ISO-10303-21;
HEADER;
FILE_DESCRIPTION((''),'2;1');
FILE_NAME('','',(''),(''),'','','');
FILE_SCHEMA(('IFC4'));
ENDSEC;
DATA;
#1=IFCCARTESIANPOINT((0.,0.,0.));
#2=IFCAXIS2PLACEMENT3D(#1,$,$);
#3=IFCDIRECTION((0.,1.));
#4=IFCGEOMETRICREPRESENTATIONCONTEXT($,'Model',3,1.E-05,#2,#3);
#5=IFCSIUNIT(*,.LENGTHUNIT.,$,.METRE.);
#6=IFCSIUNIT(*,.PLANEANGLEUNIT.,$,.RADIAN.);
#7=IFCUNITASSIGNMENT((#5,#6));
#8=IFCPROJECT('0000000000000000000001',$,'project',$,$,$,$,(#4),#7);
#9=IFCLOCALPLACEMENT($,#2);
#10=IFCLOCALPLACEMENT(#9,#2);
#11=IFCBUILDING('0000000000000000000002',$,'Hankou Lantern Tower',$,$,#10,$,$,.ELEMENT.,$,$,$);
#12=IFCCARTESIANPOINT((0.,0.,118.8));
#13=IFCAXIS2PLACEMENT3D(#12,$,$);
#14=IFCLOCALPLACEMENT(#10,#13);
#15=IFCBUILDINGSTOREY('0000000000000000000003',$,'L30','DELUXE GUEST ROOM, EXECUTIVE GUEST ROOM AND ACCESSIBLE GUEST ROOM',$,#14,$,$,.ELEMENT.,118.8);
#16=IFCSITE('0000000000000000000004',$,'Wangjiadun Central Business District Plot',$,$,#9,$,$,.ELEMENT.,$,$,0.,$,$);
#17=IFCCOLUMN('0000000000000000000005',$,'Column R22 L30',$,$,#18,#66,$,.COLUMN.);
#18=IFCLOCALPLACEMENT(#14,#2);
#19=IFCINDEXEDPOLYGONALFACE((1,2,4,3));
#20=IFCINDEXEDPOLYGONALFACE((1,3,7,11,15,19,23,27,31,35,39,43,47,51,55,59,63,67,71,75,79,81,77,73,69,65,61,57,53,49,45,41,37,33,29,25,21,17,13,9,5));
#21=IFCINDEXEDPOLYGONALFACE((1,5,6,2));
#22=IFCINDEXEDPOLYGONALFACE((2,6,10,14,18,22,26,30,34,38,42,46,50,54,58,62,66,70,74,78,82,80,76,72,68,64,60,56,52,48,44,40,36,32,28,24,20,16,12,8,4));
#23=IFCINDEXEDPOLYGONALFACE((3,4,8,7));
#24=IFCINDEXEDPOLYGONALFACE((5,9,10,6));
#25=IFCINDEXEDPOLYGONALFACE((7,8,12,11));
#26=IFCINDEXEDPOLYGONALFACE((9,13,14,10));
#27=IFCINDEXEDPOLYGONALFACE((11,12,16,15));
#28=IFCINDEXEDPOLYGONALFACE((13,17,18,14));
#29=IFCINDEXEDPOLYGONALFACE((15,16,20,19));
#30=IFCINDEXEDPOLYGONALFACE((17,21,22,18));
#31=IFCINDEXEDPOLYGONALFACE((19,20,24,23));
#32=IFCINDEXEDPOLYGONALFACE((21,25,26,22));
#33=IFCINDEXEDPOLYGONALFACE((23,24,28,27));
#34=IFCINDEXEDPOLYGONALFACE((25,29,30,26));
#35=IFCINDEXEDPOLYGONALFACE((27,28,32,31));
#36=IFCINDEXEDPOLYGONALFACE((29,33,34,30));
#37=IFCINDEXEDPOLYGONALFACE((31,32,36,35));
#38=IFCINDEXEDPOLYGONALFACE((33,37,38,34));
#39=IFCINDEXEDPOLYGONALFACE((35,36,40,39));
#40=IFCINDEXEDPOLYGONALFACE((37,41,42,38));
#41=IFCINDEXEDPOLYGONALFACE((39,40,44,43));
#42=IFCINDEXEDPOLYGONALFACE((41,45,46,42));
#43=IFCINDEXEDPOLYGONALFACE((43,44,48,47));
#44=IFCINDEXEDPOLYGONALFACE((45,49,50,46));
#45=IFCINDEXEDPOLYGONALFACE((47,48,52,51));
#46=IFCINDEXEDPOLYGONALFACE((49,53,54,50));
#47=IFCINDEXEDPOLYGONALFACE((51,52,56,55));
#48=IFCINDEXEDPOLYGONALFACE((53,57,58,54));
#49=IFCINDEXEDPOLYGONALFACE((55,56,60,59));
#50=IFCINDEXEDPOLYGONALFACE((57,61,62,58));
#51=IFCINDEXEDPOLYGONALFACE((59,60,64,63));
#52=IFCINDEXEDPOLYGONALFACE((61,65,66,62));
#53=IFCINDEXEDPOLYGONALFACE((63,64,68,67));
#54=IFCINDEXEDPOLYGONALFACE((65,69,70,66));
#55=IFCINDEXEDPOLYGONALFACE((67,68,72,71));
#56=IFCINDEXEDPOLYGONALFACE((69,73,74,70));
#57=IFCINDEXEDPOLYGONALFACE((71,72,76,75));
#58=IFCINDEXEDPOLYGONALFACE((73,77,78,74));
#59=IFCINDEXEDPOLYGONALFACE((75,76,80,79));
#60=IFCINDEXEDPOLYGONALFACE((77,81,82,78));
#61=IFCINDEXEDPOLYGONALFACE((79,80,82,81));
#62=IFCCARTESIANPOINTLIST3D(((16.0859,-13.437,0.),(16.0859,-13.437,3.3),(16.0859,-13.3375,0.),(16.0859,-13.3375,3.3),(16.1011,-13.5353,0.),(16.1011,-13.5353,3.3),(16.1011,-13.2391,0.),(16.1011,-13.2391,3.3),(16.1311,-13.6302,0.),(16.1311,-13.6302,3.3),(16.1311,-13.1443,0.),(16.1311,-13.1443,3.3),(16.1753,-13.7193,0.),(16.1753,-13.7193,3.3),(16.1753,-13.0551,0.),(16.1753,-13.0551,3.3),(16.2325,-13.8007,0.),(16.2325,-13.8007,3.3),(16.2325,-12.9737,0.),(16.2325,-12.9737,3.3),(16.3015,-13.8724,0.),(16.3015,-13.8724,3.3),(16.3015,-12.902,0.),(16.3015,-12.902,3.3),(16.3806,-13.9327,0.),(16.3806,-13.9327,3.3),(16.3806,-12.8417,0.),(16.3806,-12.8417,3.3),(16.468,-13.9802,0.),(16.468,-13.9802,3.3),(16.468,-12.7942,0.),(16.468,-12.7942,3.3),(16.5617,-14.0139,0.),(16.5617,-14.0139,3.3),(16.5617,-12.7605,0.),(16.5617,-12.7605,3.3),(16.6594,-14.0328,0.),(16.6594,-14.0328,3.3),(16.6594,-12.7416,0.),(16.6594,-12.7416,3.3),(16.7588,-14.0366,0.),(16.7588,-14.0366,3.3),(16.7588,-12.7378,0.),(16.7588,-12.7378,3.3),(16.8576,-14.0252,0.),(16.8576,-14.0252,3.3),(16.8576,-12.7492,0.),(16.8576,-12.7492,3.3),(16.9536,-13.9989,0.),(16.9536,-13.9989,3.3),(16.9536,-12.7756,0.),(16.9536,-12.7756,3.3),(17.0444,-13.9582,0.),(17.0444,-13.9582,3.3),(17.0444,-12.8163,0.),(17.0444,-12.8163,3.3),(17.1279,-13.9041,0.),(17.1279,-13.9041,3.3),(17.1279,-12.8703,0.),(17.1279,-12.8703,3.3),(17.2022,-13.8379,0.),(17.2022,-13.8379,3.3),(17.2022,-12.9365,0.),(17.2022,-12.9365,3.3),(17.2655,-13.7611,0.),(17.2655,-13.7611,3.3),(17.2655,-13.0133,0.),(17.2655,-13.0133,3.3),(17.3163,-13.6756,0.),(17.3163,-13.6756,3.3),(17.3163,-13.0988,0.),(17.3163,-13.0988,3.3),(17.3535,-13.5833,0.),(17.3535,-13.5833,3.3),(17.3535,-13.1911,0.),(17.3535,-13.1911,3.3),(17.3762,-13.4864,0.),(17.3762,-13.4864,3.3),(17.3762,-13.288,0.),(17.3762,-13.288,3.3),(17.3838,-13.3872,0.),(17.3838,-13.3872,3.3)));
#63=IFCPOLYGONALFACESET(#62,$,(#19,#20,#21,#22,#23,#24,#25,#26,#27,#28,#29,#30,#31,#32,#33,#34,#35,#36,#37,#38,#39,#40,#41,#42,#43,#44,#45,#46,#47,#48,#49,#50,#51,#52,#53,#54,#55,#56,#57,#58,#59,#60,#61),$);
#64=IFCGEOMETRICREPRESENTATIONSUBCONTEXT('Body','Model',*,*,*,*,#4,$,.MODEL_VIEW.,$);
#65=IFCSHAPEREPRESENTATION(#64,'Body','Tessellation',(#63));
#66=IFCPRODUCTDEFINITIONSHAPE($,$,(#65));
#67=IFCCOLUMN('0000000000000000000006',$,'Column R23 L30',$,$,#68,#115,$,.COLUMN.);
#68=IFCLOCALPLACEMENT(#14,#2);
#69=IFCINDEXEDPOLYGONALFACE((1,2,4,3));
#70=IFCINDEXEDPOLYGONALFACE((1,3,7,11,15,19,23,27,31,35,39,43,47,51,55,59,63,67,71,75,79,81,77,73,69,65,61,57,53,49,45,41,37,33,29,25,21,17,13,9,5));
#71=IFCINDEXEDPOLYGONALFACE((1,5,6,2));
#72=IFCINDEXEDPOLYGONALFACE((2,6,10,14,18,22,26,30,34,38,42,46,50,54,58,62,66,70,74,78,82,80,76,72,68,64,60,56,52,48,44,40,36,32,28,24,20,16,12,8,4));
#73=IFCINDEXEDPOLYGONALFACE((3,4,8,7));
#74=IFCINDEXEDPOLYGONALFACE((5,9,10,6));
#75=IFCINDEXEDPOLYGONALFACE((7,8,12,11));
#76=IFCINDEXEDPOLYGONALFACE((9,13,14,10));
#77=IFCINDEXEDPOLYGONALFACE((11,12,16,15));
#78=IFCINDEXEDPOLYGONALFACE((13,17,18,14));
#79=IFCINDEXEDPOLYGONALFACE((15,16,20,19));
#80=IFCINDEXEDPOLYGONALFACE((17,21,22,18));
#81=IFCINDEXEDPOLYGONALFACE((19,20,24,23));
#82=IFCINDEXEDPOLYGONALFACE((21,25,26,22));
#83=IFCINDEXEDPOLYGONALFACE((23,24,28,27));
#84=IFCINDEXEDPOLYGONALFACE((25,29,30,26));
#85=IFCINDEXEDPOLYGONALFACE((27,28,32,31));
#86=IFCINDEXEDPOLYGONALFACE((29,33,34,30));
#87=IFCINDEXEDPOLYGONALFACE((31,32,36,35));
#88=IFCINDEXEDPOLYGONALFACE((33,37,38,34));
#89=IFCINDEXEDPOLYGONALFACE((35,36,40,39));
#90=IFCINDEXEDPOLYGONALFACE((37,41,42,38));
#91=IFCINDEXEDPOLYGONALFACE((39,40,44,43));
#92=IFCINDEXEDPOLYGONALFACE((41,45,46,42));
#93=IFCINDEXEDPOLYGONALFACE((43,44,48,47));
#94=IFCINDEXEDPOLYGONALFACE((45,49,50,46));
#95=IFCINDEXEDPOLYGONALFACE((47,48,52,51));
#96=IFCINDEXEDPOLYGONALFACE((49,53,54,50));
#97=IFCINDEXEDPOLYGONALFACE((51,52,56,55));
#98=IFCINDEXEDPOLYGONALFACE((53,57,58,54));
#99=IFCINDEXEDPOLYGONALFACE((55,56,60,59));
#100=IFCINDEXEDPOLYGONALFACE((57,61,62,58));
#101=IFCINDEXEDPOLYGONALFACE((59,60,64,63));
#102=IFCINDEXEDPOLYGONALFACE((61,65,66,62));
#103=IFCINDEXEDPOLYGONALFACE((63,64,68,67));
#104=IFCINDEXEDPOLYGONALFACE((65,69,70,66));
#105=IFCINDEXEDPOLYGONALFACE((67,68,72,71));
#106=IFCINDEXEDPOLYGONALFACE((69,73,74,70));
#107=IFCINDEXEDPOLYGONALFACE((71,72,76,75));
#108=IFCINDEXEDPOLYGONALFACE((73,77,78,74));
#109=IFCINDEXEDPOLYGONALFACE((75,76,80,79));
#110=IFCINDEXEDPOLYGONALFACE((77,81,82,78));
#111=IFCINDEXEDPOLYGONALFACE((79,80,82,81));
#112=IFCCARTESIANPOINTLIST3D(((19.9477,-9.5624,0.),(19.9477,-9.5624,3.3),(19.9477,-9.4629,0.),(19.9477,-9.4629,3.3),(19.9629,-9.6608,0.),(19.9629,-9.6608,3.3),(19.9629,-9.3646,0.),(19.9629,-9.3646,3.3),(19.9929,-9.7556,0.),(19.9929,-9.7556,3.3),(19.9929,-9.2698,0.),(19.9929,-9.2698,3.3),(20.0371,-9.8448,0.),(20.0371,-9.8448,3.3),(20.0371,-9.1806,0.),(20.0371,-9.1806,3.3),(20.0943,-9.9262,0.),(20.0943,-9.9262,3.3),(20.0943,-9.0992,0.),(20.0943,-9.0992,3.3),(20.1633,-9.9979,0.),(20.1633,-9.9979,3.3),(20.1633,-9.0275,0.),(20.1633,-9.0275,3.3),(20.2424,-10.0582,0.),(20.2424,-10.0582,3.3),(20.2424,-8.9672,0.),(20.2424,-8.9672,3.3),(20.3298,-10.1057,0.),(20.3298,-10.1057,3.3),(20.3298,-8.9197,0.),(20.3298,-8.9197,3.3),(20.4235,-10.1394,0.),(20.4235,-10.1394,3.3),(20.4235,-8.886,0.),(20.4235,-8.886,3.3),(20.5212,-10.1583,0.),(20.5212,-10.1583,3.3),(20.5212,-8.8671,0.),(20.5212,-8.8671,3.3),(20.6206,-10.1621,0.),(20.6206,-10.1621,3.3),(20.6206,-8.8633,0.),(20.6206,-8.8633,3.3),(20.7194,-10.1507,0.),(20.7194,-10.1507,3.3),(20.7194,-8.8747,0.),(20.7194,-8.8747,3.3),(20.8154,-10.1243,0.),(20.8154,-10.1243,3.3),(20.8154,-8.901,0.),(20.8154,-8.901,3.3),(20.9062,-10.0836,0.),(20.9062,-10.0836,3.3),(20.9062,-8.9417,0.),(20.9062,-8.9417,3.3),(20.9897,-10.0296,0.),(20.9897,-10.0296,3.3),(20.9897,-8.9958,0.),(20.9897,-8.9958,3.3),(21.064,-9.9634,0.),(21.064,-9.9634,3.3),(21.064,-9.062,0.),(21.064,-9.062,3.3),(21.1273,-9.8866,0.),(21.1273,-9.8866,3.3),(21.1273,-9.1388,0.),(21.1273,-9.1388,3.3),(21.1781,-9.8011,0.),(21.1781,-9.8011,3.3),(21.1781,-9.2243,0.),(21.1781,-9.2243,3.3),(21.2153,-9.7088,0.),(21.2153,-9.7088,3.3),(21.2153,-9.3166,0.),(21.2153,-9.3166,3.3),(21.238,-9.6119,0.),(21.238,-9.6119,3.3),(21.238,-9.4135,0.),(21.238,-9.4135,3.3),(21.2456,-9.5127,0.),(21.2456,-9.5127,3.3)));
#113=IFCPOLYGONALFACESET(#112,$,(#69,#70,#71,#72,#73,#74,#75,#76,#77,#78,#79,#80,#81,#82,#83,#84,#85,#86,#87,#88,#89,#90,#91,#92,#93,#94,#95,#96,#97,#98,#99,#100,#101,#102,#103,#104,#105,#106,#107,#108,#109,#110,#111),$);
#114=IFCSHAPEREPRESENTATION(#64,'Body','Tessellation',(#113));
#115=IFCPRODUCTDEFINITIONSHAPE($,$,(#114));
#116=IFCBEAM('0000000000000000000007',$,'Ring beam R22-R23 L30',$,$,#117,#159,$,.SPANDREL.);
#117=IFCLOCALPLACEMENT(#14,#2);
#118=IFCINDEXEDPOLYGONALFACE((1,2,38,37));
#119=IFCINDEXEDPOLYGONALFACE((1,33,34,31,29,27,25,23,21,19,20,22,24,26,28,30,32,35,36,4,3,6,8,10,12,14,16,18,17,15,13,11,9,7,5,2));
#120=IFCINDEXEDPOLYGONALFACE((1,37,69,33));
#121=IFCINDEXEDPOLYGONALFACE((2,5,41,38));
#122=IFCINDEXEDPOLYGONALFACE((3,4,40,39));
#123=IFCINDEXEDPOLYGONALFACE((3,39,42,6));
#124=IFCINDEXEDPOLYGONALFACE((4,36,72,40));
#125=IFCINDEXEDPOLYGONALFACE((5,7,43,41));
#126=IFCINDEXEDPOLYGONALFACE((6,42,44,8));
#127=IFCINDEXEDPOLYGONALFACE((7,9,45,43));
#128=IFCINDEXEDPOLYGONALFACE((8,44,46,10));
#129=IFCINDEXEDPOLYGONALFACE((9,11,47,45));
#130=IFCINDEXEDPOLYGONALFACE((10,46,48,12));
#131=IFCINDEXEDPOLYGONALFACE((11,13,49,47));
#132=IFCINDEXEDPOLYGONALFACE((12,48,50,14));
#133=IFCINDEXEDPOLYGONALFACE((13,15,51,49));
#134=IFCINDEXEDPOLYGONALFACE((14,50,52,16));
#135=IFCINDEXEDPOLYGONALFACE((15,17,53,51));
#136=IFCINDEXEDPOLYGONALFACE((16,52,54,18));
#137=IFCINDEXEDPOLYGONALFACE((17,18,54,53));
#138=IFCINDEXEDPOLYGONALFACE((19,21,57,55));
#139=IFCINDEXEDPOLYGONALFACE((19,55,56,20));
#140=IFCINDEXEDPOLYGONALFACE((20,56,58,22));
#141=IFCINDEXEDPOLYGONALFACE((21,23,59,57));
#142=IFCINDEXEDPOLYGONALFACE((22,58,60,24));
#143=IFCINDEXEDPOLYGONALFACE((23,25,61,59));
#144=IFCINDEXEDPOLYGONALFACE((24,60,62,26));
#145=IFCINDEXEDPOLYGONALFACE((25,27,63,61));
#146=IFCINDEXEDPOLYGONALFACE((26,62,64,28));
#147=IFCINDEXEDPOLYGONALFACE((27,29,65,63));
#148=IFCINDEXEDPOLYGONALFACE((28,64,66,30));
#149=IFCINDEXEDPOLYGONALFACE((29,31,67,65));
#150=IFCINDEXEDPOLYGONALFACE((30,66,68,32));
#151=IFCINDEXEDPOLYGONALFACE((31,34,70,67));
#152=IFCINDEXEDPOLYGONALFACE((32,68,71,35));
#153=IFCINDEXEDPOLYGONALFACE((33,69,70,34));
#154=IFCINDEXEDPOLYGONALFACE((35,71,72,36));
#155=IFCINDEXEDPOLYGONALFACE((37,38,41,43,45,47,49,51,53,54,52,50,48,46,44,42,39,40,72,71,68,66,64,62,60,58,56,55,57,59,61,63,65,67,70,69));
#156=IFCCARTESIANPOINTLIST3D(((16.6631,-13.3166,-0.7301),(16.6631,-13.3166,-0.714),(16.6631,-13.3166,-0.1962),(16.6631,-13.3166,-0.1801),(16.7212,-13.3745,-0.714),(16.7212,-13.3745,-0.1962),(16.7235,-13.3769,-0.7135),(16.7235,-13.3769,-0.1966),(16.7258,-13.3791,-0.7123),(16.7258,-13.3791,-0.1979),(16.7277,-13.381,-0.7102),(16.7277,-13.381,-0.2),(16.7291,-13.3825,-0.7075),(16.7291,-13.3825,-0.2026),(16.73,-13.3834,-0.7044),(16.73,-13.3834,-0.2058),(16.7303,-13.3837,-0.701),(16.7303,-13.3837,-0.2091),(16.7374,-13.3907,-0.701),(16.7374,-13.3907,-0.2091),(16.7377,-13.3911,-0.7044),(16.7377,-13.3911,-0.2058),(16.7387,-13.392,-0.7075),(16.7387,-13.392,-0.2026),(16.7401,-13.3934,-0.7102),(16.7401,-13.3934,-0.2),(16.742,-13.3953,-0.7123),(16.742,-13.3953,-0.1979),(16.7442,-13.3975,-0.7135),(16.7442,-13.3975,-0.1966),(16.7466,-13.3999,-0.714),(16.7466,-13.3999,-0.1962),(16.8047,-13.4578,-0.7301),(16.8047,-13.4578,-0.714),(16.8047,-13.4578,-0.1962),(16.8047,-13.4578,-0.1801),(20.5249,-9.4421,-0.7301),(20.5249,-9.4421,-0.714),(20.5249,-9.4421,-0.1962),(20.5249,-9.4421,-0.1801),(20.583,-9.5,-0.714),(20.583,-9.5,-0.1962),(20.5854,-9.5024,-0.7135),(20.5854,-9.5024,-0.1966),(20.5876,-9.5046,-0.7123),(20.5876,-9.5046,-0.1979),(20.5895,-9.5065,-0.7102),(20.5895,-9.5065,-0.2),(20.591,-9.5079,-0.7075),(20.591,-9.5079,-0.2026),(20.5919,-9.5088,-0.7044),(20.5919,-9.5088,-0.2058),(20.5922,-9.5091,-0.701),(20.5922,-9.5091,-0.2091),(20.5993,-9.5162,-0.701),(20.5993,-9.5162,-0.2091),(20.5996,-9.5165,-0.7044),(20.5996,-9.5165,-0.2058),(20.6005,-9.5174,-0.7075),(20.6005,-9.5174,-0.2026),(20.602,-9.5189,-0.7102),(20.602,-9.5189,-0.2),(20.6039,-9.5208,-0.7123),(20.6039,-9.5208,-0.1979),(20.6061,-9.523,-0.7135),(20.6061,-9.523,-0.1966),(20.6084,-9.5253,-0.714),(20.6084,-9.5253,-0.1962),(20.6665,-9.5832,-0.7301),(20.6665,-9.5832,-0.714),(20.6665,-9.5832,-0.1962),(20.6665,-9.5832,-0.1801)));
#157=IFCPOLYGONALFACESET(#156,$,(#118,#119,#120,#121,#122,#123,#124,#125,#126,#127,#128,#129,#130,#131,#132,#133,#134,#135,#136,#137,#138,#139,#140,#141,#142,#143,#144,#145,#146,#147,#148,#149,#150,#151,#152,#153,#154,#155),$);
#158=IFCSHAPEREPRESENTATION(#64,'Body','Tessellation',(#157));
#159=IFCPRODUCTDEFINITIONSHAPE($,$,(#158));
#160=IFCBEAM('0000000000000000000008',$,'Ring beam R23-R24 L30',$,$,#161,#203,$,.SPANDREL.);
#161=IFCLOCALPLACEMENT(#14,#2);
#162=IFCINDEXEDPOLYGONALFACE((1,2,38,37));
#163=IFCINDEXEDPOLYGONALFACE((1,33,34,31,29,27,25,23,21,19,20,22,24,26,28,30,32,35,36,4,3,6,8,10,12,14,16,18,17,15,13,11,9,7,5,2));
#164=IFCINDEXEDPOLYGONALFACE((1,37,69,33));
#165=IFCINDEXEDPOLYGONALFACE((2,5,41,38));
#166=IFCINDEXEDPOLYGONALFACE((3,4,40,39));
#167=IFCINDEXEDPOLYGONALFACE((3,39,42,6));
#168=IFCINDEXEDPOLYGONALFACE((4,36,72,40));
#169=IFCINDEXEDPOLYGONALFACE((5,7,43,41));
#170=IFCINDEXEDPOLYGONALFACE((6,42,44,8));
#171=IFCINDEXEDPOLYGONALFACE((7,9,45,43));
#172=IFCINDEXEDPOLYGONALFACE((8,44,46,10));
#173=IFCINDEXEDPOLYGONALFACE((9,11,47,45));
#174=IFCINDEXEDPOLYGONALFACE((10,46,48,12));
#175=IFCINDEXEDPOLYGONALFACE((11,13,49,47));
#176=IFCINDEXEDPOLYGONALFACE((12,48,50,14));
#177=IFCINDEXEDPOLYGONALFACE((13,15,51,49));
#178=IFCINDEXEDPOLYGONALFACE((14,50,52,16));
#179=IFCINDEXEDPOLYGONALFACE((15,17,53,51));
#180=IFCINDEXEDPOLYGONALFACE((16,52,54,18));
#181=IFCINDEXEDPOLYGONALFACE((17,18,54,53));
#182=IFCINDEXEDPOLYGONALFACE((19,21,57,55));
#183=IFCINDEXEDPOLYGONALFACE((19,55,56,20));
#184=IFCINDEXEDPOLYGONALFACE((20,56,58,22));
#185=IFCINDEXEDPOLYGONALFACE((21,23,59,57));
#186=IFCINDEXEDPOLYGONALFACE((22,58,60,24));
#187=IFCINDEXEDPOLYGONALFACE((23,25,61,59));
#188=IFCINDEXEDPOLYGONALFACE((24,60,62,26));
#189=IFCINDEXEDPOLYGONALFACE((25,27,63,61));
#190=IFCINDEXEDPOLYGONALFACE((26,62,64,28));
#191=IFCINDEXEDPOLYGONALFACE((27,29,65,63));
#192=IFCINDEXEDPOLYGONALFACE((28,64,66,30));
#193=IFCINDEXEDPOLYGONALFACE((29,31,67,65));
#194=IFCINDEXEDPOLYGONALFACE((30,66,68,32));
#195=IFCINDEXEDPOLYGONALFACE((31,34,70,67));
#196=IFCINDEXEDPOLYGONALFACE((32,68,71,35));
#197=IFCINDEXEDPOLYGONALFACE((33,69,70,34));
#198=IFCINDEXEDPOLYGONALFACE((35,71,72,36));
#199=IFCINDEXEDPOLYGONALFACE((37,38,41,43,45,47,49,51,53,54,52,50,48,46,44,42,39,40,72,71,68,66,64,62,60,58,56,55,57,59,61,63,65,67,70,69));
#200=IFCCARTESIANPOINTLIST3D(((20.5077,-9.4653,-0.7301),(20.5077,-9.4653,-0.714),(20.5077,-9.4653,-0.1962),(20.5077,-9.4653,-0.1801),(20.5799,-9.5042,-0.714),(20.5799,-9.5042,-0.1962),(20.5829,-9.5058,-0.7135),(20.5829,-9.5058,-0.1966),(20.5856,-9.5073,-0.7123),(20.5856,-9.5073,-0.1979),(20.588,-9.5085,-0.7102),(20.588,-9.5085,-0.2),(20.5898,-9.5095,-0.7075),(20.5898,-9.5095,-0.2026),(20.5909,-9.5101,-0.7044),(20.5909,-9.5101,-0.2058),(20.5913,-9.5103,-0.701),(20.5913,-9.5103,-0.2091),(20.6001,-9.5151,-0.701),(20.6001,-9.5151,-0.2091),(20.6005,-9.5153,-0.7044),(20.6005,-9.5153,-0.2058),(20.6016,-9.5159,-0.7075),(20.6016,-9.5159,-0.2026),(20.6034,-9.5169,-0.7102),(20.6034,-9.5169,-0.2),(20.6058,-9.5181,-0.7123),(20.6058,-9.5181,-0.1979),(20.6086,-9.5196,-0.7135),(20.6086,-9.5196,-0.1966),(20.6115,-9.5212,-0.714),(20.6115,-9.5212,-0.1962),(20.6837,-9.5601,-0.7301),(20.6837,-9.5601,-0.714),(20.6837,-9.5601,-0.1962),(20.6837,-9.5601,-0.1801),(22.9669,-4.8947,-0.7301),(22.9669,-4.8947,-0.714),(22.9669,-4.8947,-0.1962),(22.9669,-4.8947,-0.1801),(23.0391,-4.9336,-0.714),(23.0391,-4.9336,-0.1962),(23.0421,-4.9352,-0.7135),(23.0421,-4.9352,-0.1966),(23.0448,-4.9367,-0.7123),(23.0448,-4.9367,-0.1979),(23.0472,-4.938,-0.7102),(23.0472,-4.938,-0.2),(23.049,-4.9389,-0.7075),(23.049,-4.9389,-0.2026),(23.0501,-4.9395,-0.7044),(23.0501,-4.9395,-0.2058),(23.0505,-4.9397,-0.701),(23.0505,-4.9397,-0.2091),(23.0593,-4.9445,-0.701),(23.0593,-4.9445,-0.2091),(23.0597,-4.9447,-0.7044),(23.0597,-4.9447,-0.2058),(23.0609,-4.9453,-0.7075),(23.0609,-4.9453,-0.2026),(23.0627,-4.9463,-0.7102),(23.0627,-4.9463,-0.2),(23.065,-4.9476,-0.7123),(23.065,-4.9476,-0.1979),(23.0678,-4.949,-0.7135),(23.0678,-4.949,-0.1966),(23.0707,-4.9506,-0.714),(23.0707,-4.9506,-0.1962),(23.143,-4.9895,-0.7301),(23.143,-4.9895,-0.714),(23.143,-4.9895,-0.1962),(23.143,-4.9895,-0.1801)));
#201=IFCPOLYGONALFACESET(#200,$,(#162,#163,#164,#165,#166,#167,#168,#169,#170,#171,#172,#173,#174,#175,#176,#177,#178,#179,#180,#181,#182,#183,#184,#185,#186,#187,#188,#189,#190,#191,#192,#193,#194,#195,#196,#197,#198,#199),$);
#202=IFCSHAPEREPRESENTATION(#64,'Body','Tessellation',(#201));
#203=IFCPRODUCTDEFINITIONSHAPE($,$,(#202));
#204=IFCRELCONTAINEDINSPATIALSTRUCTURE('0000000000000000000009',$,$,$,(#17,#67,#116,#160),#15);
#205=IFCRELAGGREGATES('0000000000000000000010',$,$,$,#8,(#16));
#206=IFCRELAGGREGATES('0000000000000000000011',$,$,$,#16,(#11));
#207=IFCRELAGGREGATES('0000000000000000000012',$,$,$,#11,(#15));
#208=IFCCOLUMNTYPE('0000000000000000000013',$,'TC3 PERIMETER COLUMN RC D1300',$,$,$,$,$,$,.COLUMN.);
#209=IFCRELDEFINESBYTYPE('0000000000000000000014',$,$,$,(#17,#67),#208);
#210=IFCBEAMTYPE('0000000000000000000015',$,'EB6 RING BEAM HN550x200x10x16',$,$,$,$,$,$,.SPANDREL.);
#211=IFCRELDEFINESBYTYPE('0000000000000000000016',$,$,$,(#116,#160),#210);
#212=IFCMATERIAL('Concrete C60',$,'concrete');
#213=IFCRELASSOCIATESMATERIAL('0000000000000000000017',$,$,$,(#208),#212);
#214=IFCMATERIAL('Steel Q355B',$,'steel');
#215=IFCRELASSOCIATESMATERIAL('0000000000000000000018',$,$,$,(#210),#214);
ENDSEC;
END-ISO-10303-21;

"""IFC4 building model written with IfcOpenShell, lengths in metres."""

from ifc_helpers import new_model, si_unit, direction, frame, origin, origin_2d, place, context, subcontext, project, spatial, circle, i_section, extrude, material, material_profile, profile_set, type_object, element, save


model = new_model("IFC4")

# Units and contexts
model_context = context("Model", 3, precision=1e-05, world=origin(), true_north=direction((0.0, 1.0)))
body_context = subcontext(model_context, "Body", "Model", "MODEL_VIEW")
ifc_project = project(units=[si_unit("LENGTHUNIT", "METRE"), si_unit("PLANEANGLEUNIT", "RADIAN")], contexts=[model_context])

# Site, building, storey
site_placement = place(None, origin())
site = spatial("IfcSite", under=ifc_project, at=site_placement, Name="Wangjiadun Central Business District Plot", CompositionType="ELEMENT", RefElevation=0.0)
building_placement = place(site_placement, origin())
building = spatial("IfcBuilding", under=site, at=building_placement, Name="Hankou Lantern Tower", CompositionType="ELEMENT")
storey_placement = place(building_placement, frame((0.0, 0.0, 118.8)))
storey = spatial("IfcBuildingStorey", under=building, at=storey_placement, Name="L30", Description="DELUXE GUEST ROOM, EXECUTIVE GUEST ROOM AND ACCESSIBLE GUEST ROOM", CompositionType="ELEMENT", Elevation=118.8)

# Columns
ifc_material_1 = material(Name="Concrete C60", Category="concrete")
ifc_material_profile_1 = material_profile(ifc_material_1, circle(Radius=0.6499, at=origin_2d()), Name="RC D1300")
ifc_profile_set_1 = profile_set([ifc_material_profile_1], Name="Concrete C60")
column_type = type_object("IfcColumnType", Name="TC3 PERIMETER COLUMN RC D1300", PredefinedType="COLUMN", material=ifc_profile_set_1)
for number, where, z_axis, x_axis, name in (
    (1, (16.7339, -13.3872, 0.0), (0.0, 0.0, 1.0), (1.0, 0.0, 0.0), "Column R22 L30"),
    (2, (20.5957, -9.5127, 0.0), (0.0, 0.0, 1.0), (1.0, 0.0, 0.0), "Column R23 L30"),
):
    element("IfcColumn", number, at=place(storey_placement, frame(where, z_axis=z_axis, x_axis=x_axis)), inside=storey, type_object=column_type, Name=name, PredefinedType="COLUMN", context=body_context, shape_type="SweptSolid", body=[
        extrude(circle(Radius=0.6499, at=origin_2d()), origin(), (0.0, 0.0, 1.0), 3.3),
    ])

# Beams
ifc_material_2 = material(Name="Steel Q355B", Category="steel")
ifc_material_profile_2 = material_profile(ifc_material_2, i_section(OverallWidth=0.2, OverallDepth=0.55, WebThickness=0.01, FlangeThickness=0.0161, FilletRadius=0.0129, at=origin_2d()), Name="HN550x200x10x16")
ifc_profile_set_2 = profile_set([ifc_material_profile_2], Name="Steel Q355B")
beam_type = type_object("IfcBeamType", Name="EB6 RING BEAM HN550x200x10x16", PredefinedType="SPANDREL", material=ifc_profile_set_2)
beam_1_placement = place(storey_placement, frame((16.7339, -13.3872, -0.4551), z_axis=(0.705945, 0.708266, 0.0), x_axis=(-0.708266, 0.705945, 0.0)))
element("IfcBeam", 3, at=beam_1_placement, inside=storey, type_object=beam_type, Name="Ring beam R22-R23 L30", PredefinedType="SPANDREL", context=body_context, shape_type="SweptSolid", body=[
    extrude(i_section(OverallWidth=0.2, OverallDepth=0.55, WebThickness=0.01, FlangeThickness=0.0161, FilletRadius=0.0129, at=origin_2d()), origin(), (0.0, 0.0, 1.0), 5.4705),
])
beam_2_placement = place(storey_placement, frame((20.5957, -9.5127, -0.4551), z_axis=(0.473825, 0.880619, 0.0), x_axis=(-0.880619, 0.473825, 0.0)))
element("IfcBeam", 4, at=beam_2_placement, inside=storey, type_object=beam_type, Name="Ring beam R23-R24 L30", PredefinedType="SPANDREL", context=body_context, shape_type="SweptSolid", body=[
    extrude(i_section(OverallWidth=0.2, OverallDepth=0.55, WebThickness=0.01, FlangeThickness=0.0161, FilletRadius=0.0129, at=origin_2d()), origin(), (0.0, 0.0, 1.0), 5.1902),
])

save(model, "model.ifc")
